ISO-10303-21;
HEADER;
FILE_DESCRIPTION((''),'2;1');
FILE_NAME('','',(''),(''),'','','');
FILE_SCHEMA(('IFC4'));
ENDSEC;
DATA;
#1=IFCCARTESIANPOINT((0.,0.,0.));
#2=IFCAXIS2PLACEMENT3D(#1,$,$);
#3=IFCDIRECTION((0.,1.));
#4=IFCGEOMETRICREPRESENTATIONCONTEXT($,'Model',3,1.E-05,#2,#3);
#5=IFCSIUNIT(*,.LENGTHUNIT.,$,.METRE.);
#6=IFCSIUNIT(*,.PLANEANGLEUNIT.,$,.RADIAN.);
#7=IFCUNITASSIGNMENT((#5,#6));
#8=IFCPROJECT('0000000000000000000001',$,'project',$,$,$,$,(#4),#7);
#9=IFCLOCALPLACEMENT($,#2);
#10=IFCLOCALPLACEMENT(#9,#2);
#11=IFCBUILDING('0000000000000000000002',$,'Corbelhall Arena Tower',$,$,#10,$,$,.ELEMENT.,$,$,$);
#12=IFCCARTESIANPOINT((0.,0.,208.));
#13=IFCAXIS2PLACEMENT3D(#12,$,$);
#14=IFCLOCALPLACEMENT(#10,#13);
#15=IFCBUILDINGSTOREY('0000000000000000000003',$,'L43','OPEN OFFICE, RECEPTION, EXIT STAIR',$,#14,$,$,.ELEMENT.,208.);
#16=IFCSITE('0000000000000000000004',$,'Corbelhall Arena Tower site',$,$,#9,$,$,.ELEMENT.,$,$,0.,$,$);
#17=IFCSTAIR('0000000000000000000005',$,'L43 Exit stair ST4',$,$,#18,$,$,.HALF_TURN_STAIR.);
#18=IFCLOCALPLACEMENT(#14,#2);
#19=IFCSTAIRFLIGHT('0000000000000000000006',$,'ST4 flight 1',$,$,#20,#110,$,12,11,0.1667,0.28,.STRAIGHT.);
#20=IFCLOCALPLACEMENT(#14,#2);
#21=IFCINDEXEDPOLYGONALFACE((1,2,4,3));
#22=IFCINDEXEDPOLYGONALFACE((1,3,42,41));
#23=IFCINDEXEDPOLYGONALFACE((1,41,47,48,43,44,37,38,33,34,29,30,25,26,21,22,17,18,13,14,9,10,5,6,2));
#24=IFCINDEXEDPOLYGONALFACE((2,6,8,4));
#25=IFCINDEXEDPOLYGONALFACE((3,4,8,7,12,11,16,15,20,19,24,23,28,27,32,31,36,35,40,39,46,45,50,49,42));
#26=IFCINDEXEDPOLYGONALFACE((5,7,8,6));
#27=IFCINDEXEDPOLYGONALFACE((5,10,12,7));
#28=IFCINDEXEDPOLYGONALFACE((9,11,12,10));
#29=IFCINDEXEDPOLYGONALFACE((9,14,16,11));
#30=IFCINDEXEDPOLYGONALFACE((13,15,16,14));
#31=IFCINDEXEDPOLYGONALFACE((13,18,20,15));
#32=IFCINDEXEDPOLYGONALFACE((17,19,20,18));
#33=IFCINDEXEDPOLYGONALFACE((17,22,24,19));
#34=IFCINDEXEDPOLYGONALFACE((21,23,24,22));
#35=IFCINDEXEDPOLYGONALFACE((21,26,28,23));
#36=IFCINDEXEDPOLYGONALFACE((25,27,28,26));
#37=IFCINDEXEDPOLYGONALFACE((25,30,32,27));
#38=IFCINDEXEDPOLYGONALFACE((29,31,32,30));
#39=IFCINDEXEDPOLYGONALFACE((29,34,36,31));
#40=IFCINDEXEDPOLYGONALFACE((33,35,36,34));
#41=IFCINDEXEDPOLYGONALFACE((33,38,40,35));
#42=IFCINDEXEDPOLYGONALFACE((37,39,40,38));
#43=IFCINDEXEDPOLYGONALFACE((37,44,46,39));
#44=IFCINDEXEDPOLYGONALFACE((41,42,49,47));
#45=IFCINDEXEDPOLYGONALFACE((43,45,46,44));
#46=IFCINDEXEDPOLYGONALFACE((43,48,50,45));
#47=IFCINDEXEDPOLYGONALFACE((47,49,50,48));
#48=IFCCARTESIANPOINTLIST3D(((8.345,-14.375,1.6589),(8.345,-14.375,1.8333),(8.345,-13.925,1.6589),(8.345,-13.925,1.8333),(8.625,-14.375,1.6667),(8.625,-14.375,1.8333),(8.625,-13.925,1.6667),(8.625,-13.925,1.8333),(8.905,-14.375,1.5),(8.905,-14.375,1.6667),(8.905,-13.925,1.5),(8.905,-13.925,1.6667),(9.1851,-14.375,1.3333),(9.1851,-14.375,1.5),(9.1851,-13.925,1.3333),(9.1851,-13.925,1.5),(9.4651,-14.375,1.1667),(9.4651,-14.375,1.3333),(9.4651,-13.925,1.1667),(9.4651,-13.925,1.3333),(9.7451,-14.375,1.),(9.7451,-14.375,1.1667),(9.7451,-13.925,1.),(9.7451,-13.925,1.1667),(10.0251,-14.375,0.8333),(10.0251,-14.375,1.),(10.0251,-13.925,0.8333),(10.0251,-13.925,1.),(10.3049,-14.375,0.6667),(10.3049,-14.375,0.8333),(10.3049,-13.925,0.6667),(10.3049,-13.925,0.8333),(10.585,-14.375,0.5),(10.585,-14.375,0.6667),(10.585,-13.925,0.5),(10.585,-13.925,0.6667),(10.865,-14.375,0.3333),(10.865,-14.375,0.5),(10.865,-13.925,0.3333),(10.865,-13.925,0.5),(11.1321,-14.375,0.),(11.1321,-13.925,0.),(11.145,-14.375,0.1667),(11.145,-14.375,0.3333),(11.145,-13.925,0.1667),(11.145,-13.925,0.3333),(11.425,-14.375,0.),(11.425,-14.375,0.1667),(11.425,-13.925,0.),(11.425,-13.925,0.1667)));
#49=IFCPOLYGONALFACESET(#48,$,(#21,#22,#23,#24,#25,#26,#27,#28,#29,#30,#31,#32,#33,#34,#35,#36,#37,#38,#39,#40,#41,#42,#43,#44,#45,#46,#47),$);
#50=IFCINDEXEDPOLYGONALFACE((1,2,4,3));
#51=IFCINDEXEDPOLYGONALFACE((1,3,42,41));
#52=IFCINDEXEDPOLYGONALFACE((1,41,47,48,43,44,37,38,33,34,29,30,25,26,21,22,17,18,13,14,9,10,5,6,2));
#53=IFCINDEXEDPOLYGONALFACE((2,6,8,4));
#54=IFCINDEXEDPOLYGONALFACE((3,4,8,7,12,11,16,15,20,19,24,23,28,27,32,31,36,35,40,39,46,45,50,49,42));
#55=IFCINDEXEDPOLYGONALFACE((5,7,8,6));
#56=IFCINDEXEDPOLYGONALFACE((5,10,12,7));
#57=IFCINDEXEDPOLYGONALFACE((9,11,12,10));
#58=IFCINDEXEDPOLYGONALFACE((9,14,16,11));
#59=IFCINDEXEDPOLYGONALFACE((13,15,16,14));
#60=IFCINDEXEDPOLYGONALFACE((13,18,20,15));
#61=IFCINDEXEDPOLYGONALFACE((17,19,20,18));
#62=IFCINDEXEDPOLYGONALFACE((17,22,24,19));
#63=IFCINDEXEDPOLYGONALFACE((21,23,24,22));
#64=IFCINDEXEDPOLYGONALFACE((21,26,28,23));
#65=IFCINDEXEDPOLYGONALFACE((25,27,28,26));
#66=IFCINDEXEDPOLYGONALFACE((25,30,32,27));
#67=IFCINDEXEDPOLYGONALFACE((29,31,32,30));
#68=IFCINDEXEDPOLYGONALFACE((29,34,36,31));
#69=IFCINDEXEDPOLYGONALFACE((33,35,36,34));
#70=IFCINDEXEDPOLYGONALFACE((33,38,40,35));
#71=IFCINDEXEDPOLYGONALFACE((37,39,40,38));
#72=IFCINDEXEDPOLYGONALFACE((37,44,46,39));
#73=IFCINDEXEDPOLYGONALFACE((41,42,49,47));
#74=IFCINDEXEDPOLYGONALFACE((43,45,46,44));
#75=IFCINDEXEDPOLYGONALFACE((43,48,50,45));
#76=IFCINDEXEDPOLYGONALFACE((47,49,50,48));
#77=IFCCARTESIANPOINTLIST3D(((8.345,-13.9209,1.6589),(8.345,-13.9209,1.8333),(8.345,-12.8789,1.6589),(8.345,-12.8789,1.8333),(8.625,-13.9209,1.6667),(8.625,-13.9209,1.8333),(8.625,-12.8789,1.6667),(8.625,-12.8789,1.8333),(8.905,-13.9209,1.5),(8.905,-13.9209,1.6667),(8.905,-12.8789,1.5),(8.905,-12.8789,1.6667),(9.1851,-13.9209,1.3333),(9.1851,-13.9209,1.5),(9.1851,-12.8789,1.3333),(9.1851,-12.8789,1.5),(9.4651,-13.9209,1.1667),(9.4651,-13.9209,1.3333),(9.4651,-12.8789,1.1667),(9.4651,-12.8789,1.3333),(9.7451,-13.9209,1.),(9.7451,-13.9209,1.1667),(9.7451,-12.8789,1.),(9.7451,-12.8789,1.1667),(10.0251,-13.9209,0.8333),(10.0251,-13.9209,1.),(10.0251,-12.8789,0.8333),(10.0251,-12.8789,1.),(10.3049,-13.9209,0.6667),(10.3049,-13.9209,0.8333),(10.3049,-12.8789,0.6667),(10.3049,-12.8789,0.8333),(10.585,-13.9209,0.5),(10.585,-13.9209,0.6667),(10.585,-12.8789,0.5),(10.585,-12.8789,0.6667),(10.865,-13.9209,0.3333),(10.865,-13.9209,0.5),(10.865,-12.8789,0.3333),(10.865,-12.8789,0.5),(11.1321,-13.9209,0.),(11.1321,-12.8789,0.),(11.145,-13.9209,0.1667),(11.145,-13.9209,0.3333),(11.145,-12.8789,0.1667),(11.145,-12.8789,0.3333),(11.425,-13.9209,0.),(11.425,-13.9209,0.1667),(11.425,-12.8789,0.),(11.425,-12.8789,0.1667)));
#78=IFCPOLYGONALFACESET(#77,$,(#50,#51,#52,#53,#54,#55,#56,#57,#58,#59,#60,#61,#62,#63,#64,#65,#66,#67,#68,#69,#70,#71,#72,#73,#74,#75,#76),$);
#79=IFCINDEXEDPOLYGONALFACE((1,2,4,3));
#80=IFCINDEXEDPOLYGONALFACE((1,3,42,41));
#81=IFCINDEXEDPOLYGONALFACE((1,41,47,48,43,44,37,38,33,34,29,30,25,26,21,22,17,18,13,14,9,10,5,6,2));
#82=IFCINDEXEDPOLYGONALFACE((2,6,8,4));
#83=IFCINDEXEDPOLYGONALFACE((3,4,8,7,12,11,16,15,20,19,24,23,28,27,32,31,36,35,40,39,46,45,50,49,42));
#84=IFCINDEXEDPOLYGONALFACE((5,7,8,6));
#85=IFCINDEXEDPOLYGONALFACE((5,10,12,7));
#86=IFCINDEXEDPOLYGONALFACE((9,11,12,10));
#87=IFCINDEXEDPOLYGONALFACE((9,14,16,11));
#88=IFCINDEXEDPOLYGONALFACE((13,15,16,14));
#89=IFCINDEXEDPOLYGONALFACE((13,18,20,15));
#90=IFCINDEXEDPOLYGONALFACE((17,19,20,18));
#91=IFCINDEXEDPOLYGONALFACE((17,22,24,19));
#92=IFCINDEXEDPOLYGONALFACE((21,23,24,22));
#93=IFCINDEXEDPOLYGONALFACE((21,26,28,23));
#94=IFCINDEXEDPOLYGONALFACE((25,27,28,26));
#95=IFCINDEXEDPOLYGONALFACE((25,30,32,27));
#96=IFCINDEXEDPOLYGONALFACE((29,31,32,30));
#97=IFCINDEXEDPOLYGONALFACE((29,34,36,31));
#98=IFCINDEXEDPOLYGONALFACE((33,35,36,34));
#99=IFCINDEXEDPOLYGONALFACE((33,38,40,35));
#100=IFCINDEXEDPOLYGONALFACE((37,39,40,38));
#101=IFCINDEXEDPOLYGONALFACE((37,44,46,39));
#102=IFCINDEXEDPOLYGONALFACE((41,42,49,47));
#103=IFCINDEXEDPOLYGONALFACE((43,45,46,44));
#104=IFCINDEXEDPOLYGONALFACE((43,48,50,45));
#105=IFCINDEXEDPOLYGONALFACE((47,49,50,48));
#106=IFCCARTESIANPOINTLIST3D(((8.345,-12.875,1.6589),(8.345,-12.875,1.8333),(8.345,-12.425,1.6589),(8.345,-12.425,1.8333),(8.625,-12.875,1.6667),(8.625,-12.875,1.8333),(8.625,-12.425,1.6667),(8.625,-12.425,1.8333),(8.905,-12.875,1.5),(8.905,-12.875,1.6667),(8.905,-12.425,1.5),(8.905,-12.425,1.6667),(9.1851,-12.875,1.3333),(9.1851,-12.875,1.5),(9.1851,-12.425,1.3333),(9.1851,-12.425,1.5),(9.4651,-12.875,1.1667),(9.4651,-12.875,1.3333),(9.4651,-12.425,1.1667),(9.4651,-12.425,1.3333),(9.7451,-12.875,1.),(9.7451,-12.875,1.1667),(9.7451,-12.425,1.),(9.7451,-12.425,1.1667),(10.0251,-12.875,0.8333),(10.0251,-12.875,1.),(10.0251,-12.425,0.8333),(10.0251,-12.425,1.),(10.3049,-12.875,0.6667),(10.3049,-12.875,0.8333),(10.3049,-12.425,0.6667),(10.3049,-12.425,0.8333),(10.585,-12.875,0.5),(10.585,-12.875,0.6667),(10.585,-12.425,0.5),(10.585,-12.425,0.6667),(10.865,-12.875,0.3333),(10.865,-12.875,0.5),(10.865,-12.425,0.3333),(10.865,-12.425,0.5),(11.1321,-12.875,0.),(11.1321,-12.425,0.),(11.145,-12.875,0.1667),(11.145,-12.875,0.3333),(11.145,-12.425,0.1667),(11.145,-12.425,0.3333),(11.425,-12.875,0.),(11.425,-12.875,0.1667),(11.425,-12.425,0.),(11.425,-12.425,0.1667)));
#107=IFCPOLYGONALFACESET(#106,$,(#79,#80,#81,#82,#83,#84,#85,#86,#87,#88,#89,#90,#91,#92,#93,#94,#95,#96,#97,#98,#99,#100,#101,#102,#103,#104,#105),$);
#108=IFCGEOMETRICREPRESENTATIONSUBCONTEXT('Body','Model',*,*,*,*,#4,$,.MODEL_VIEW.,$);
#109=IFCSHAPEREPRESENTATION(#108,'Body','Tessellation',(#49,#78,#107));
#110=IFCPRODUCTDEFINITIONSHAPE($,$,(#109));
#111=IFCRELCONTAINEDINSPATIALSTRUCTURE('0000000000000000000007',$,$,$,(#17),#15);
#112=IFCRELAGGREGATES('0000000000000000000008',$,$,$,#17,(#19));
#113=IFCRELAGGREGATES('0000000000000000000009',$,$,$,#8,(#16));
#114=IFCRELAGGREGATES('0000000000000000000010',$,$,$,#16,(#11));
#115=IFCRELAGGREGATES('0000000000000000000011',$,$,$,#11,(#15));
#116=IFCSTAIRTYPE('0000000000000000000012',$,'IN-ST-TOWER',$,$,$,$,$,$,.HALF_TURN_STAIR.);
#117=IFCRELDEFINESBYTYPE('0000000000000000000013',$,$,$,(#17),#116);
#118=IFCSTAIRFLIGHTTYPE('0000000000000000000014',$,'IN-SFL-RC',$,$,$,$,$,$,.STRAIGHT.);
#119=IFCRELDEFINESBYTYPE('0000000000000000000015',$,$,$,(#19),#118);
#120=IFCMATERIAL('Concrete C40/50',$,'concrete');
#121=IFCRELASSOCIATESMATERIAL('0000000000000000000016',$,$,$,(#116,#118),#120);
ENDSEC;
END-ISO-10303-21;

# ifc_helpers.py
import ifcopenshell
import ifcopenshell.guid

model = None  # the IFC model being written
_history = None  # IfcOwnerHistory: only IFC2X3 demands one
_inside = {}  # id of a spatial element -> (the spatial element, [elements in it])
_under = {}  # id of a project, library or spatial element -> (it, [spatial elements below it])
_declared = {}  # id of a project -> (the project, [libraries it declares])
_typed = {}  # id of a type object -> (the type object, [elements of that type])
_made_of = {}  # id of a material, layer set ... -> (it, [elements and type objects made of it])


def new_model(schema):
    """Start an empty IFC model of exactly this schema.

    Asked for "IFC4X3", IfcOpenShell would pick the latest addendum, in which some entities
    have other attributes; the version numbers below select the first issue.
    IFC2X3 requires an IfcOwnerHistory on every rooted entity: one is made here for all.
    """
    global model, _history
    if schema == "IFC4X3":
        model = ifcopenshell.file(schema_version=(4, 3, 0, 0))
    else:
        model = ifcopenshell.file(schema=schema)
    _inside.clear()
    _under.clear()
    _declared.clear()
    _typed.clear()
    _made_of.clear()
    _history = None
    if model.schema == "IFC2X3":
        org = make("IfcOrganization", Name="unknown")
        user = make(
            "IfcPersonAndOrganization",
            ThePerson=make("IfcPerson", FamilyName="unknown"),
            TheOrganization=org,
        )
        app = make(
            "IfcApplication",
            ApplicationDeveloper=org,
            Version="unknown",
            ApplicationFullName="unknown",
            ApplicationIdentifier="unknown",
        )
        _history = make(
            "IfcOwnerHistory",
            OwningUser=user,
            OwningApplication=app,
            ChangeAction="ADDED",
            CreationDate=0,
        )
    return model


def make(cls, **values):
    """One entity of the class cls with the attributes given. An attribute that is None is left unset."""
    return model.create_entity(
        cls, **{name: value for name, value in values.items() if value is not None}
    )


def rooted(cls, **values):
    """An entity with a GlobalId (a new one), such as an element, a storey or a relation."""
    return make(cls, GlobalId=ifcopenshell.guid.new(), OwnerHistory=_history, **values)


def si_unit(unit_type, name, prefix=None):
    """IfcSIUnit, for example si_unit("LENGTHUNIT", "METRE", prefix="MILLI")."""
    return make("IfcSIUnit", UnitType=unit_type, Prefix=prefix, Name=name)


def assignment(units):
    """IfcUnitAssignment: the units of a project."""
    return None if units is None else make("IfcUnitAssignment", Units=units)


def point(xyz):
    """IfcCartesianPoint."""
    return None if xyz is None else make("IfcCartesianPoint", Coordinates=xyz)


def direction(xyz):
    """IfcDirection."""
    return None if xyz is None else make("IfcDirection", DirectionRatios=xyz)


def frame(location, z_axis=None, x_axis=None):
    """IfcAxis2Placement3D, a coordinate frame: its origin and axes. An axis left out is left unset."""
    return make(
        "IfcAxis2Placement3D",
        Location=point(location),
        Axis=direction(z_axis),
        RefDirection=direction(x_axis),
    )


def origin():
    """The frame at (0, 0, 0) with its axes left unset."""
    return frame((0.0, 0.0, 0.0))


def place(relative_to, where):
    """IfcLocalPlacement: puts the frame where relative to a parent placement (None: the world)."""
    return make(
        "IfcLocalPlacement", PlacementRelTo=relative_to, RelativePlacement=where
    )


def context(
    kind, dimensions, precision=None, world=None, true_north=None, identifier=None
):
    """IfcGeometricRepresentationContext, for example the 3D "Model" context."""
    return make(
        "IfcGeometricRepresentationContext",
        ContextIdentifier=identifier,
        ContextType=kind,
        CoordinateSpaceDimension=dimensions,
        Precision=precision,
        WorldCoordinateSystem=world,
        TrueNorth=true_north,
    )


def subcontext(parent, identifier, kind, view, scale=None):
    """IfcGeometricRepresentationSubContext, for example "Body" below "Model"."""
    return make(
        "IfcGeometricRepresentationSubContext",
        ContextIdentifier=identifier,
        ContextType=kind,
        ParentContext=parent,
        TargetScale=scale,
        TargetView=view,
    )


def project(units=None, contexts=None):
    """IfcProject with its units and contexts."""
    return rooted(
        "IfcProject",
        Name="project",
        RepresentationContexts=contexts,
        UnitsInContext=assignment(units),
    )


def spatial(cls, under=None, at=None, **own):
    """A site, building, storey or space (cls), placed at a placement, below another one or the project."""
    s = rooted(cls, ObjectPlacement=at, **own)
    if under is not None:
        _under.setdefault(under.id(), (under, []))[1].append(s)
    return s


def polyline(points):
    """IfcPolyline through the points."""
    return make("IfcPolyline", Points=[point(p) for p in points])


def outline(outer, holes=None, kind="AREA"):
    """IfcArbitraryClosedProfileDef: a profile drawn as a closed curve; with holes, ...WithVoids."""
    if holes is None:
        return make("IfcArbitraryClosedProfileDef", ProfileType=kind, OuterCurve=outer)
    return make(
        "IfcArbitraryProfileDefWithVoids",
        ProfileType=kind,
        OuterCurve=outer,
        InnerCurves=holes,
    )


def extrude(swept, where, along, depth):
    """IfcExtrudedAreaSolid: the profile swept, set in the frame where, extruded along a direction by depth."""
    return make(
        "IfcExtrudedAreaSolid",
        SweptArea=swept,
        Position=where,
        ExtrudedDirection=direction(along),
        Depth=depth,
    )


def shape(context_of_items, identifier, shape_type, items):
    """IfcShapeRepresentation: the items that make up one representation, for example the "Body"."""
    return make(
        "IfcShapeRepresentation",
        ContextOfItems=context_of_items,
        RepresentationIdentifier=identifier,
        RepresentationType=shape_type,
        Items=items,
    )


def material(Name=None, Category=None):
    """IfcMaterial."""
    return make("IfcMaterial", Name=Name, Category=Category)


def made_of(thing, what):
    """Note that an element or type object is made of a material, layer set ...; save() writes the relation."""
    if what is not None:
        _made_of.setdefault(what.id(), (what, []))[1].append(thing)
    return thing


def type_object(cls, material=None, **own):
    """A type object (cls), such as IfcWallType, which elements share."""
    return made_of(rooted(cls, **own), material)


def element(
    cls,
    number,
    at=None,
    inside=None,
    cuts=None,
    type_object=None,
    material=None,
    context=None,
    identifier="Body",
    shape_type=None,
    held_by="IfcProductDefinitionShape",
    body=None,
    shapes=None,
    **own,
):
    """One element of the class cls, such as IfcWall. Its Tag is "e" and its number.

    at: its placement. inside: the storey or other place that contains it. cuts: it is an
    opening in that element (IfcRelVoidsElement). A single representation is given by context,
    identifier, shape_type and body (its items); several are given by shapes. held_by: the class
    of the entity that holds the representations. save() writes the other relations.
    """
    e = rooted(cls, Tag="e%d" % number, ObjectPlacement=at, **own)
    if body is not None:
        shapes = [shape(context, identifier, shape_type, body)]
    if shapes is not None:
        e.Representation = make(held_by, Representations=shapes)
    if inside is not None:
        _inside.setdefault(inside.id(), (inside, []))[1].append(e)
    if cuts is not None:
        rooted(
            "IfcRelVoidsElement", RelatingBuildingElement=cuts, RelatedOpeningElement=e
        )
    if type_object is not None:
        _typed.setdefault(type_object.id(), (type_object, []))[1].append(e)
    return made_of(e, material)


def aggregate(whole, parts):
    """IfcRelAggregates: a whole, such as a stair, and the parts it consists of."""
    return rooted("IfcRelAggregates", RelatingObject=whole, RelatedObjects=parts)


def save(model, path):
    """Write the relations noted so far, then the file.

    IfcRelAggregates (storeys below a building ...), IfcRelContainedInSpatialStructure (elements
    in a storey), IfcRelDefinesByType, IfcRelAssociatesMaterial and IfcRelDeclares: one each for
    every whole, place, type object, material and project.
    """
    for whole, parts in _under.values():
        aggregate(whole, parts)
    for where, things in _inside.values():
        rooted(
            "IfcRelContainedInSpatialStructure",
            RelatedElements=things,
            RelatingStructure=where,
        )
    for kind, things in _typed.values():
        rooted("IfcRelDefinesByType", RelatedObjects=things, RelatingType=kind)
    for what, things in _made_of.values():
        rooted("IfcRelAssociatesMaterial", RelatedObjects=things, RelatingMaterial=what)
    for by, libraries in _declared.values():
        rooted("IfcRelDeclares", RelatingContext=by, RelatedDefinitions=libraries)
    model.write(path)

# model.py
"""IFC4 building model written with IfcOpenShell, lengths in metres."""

from ifc_helpers import new_model, si_unit, direction, frame, origin, place, context, subcontext, project, spatial, polyline, outline, extrude, material, type_object, element, aggregate, save


model = new_model("IFC4")

# Units and contexts
model_context = context("Model", 3, precision=1e-05, world=origin(), true_north=direction((0.0, 1.0)))
body_context = subcontext(model_context, "Body", "Model", "MODEL_VIEW")
ifc_project = project(units=[si_unit("LENGTHUNIT", "METRE"), si_unit("PLANEANGLEUNIT", "RADIAN")], contexts=[model_context])

# Site, building, storey
site_placement = place(None, origin())
site = spatial("IfcSite", under=ifc_project, at=site_placement, Name="Corbelhall Arena Tower site", CompositionType="ELEMENT", RefElevation=0.0)
building_placement = place(site_placement, origin())
building = spatial("IfcBuilding", under=site, at=building_placement, Name="Corbelhall Arena Tower", CompositionType="ELEMENT")
storey_placement = place(building_placement, frame((0.0, 0.0, 208.0)))
storey = spatial("IfcBuildingStorey", under=building, at=storey_placement, Name="L43", Description="OPEN OFFICE, RECEPTION, EXIT STAIR", CompositionType="ELEMENT", Elevation=208.0)

# Shared definitions
ifc_material_1 = material(Name="Concrete C40/50", Category="concrete")

# Stair, stair flight
stair_type = type_object("IfcStairType", Name="IN-ST-TOWER", PredefinedType="HALF_TURN_STAIR", material=ifc_material_1)
stair_placement = place(storey_placement, origin())
stair = element("IfcStair", 1, at=stair_placement, inside=storey, type_object=stair_type, Name="L43 Exit stair ST4", PredefinedType="HALF_TURN_STAIR")
stair_flight_type = type_object("IfcStairFlightType", Name="IN-SFL-RC", PredefinedType="STRAIGHT", material=ifc_material_1)
stair_flight_placement = place(storey_placement, frame((11.425, -13.3999, 0.0), z_axis=(0.0, 0.0, 1.0), x_axis=(-1.0, 0.0, 0.0)))
stair_flight = element("IfcStairFlight", 2, at=stair_flight_placement, type_object=stair_flight_type, Name="ST4 flight 1", NumberOfRisers=12, NumberOfTreads=11, PredefinedType="STRAIGHT", RiserHeight=0.1667, TreadLength=0.28, context=body_context, shape_type="SweptSolid", body=[
    extrude(outline(polyline([(0.0, 0.0), (0.0, 0.1667), (0.28, 0.1667), (0.28, 0.3333), (0.5601, 0.3333), (0.5601, 0.5), (0.8401, 0.5), (0.8401, 0.6667), (1.1201, 0.6667), (1.1201, 0.8333), (1.3999, 0.8333), (1.3999, 1.0), (1.6799, 1.0), (1.6799, 1.1667), (1.96, 1.1667), (1.96, 1.3333), (2.24, 1.3333), (2.24, 1.5), (2.52, 1.5), (2.52, 1.6667), (2.8, 1.6667), (2.8, 1.8333), (3.0801, 1.8333), (3.0801, 2.0), (3.0801, 1.6589), (0.293, 0.0), (0.0, 0.0)])), frame((0.0, 0.9751, 0.0), z_axis=(0.0, -1.0, 0.0), x_axis=(1.0, 0.0, 0.0)), (0.0, 0.0, 1.0), 0.45),
    extrude(outline(polyline([(0.0, 0.0), (0.0, 0.1667), (0.28, 0.1667), (0.28, 0.3333), (0.5601, 0.3333), (0.5601, 0.5), (0.8401, 0.5), (0.8401, 0.6667), (1.1201, 0.6667), (1.1201, 0.8333), (1.3999, 0.8333), (1.3999, 1.0), (1.6799, 1.0), (1.6799, 1.1667), (1.96, 1.1667), (1.96, 1.3333), (2.24, 1.3333), (2.24, 1.5), (2.52, 1.5), (2.52, 1.6667), (2.8, 1.6667), (2.8, 1.8333), (3.0801, 1.8333), (3.0801, 2.0), (3.0801, 1.6589), (0.293, 0.0), (0.0, 0.0)])), frame((0.0, 0.521, 0.0), z_axis=(0.0, -1.0, 0.0), x_axis=(1.0, 0.0, 0.0)), (0.0, 0.0, 1.0), 1.042),
    extrude(outline(polyline([(0.0, 0.0), (0.0, 0.1667), (0.28, 0.1667), (0.28, 0.3333), (0.5601, 0.3333), (0.5601, 0.5), (0.8401, 0.5), (0.8401, 0.6667), (1.1201, 0.6667), (1.1201, 0.8333), (1.3999, 0.8333), (1.3999, 1.0), (1.6799, 1.0), (1.6799, 1.1667), (1.96, 1.1667), (1.96, 1.3333), (2.24, 1.3333), (2.24, 1.5), (2.52, 1.5), (2.52, 1.6667), (2.8, 1.6667), (2.8, 1.8333), (3.0801, 1.8333), (3.0801, 2.0), (3.0801, 1.6589), (0.293, 0.0), (0.0, 0.0)])), frame((0.0, -0.5249, 0.0), z_axis=(0.0, -1.0, 0.0), x_axis=(1.0, 0.0, 0.0)), (0.0, 0.0, 1.0), 0.45),
])
aggregate(stair, [stair_flight])

save(model, "model.ifc")
